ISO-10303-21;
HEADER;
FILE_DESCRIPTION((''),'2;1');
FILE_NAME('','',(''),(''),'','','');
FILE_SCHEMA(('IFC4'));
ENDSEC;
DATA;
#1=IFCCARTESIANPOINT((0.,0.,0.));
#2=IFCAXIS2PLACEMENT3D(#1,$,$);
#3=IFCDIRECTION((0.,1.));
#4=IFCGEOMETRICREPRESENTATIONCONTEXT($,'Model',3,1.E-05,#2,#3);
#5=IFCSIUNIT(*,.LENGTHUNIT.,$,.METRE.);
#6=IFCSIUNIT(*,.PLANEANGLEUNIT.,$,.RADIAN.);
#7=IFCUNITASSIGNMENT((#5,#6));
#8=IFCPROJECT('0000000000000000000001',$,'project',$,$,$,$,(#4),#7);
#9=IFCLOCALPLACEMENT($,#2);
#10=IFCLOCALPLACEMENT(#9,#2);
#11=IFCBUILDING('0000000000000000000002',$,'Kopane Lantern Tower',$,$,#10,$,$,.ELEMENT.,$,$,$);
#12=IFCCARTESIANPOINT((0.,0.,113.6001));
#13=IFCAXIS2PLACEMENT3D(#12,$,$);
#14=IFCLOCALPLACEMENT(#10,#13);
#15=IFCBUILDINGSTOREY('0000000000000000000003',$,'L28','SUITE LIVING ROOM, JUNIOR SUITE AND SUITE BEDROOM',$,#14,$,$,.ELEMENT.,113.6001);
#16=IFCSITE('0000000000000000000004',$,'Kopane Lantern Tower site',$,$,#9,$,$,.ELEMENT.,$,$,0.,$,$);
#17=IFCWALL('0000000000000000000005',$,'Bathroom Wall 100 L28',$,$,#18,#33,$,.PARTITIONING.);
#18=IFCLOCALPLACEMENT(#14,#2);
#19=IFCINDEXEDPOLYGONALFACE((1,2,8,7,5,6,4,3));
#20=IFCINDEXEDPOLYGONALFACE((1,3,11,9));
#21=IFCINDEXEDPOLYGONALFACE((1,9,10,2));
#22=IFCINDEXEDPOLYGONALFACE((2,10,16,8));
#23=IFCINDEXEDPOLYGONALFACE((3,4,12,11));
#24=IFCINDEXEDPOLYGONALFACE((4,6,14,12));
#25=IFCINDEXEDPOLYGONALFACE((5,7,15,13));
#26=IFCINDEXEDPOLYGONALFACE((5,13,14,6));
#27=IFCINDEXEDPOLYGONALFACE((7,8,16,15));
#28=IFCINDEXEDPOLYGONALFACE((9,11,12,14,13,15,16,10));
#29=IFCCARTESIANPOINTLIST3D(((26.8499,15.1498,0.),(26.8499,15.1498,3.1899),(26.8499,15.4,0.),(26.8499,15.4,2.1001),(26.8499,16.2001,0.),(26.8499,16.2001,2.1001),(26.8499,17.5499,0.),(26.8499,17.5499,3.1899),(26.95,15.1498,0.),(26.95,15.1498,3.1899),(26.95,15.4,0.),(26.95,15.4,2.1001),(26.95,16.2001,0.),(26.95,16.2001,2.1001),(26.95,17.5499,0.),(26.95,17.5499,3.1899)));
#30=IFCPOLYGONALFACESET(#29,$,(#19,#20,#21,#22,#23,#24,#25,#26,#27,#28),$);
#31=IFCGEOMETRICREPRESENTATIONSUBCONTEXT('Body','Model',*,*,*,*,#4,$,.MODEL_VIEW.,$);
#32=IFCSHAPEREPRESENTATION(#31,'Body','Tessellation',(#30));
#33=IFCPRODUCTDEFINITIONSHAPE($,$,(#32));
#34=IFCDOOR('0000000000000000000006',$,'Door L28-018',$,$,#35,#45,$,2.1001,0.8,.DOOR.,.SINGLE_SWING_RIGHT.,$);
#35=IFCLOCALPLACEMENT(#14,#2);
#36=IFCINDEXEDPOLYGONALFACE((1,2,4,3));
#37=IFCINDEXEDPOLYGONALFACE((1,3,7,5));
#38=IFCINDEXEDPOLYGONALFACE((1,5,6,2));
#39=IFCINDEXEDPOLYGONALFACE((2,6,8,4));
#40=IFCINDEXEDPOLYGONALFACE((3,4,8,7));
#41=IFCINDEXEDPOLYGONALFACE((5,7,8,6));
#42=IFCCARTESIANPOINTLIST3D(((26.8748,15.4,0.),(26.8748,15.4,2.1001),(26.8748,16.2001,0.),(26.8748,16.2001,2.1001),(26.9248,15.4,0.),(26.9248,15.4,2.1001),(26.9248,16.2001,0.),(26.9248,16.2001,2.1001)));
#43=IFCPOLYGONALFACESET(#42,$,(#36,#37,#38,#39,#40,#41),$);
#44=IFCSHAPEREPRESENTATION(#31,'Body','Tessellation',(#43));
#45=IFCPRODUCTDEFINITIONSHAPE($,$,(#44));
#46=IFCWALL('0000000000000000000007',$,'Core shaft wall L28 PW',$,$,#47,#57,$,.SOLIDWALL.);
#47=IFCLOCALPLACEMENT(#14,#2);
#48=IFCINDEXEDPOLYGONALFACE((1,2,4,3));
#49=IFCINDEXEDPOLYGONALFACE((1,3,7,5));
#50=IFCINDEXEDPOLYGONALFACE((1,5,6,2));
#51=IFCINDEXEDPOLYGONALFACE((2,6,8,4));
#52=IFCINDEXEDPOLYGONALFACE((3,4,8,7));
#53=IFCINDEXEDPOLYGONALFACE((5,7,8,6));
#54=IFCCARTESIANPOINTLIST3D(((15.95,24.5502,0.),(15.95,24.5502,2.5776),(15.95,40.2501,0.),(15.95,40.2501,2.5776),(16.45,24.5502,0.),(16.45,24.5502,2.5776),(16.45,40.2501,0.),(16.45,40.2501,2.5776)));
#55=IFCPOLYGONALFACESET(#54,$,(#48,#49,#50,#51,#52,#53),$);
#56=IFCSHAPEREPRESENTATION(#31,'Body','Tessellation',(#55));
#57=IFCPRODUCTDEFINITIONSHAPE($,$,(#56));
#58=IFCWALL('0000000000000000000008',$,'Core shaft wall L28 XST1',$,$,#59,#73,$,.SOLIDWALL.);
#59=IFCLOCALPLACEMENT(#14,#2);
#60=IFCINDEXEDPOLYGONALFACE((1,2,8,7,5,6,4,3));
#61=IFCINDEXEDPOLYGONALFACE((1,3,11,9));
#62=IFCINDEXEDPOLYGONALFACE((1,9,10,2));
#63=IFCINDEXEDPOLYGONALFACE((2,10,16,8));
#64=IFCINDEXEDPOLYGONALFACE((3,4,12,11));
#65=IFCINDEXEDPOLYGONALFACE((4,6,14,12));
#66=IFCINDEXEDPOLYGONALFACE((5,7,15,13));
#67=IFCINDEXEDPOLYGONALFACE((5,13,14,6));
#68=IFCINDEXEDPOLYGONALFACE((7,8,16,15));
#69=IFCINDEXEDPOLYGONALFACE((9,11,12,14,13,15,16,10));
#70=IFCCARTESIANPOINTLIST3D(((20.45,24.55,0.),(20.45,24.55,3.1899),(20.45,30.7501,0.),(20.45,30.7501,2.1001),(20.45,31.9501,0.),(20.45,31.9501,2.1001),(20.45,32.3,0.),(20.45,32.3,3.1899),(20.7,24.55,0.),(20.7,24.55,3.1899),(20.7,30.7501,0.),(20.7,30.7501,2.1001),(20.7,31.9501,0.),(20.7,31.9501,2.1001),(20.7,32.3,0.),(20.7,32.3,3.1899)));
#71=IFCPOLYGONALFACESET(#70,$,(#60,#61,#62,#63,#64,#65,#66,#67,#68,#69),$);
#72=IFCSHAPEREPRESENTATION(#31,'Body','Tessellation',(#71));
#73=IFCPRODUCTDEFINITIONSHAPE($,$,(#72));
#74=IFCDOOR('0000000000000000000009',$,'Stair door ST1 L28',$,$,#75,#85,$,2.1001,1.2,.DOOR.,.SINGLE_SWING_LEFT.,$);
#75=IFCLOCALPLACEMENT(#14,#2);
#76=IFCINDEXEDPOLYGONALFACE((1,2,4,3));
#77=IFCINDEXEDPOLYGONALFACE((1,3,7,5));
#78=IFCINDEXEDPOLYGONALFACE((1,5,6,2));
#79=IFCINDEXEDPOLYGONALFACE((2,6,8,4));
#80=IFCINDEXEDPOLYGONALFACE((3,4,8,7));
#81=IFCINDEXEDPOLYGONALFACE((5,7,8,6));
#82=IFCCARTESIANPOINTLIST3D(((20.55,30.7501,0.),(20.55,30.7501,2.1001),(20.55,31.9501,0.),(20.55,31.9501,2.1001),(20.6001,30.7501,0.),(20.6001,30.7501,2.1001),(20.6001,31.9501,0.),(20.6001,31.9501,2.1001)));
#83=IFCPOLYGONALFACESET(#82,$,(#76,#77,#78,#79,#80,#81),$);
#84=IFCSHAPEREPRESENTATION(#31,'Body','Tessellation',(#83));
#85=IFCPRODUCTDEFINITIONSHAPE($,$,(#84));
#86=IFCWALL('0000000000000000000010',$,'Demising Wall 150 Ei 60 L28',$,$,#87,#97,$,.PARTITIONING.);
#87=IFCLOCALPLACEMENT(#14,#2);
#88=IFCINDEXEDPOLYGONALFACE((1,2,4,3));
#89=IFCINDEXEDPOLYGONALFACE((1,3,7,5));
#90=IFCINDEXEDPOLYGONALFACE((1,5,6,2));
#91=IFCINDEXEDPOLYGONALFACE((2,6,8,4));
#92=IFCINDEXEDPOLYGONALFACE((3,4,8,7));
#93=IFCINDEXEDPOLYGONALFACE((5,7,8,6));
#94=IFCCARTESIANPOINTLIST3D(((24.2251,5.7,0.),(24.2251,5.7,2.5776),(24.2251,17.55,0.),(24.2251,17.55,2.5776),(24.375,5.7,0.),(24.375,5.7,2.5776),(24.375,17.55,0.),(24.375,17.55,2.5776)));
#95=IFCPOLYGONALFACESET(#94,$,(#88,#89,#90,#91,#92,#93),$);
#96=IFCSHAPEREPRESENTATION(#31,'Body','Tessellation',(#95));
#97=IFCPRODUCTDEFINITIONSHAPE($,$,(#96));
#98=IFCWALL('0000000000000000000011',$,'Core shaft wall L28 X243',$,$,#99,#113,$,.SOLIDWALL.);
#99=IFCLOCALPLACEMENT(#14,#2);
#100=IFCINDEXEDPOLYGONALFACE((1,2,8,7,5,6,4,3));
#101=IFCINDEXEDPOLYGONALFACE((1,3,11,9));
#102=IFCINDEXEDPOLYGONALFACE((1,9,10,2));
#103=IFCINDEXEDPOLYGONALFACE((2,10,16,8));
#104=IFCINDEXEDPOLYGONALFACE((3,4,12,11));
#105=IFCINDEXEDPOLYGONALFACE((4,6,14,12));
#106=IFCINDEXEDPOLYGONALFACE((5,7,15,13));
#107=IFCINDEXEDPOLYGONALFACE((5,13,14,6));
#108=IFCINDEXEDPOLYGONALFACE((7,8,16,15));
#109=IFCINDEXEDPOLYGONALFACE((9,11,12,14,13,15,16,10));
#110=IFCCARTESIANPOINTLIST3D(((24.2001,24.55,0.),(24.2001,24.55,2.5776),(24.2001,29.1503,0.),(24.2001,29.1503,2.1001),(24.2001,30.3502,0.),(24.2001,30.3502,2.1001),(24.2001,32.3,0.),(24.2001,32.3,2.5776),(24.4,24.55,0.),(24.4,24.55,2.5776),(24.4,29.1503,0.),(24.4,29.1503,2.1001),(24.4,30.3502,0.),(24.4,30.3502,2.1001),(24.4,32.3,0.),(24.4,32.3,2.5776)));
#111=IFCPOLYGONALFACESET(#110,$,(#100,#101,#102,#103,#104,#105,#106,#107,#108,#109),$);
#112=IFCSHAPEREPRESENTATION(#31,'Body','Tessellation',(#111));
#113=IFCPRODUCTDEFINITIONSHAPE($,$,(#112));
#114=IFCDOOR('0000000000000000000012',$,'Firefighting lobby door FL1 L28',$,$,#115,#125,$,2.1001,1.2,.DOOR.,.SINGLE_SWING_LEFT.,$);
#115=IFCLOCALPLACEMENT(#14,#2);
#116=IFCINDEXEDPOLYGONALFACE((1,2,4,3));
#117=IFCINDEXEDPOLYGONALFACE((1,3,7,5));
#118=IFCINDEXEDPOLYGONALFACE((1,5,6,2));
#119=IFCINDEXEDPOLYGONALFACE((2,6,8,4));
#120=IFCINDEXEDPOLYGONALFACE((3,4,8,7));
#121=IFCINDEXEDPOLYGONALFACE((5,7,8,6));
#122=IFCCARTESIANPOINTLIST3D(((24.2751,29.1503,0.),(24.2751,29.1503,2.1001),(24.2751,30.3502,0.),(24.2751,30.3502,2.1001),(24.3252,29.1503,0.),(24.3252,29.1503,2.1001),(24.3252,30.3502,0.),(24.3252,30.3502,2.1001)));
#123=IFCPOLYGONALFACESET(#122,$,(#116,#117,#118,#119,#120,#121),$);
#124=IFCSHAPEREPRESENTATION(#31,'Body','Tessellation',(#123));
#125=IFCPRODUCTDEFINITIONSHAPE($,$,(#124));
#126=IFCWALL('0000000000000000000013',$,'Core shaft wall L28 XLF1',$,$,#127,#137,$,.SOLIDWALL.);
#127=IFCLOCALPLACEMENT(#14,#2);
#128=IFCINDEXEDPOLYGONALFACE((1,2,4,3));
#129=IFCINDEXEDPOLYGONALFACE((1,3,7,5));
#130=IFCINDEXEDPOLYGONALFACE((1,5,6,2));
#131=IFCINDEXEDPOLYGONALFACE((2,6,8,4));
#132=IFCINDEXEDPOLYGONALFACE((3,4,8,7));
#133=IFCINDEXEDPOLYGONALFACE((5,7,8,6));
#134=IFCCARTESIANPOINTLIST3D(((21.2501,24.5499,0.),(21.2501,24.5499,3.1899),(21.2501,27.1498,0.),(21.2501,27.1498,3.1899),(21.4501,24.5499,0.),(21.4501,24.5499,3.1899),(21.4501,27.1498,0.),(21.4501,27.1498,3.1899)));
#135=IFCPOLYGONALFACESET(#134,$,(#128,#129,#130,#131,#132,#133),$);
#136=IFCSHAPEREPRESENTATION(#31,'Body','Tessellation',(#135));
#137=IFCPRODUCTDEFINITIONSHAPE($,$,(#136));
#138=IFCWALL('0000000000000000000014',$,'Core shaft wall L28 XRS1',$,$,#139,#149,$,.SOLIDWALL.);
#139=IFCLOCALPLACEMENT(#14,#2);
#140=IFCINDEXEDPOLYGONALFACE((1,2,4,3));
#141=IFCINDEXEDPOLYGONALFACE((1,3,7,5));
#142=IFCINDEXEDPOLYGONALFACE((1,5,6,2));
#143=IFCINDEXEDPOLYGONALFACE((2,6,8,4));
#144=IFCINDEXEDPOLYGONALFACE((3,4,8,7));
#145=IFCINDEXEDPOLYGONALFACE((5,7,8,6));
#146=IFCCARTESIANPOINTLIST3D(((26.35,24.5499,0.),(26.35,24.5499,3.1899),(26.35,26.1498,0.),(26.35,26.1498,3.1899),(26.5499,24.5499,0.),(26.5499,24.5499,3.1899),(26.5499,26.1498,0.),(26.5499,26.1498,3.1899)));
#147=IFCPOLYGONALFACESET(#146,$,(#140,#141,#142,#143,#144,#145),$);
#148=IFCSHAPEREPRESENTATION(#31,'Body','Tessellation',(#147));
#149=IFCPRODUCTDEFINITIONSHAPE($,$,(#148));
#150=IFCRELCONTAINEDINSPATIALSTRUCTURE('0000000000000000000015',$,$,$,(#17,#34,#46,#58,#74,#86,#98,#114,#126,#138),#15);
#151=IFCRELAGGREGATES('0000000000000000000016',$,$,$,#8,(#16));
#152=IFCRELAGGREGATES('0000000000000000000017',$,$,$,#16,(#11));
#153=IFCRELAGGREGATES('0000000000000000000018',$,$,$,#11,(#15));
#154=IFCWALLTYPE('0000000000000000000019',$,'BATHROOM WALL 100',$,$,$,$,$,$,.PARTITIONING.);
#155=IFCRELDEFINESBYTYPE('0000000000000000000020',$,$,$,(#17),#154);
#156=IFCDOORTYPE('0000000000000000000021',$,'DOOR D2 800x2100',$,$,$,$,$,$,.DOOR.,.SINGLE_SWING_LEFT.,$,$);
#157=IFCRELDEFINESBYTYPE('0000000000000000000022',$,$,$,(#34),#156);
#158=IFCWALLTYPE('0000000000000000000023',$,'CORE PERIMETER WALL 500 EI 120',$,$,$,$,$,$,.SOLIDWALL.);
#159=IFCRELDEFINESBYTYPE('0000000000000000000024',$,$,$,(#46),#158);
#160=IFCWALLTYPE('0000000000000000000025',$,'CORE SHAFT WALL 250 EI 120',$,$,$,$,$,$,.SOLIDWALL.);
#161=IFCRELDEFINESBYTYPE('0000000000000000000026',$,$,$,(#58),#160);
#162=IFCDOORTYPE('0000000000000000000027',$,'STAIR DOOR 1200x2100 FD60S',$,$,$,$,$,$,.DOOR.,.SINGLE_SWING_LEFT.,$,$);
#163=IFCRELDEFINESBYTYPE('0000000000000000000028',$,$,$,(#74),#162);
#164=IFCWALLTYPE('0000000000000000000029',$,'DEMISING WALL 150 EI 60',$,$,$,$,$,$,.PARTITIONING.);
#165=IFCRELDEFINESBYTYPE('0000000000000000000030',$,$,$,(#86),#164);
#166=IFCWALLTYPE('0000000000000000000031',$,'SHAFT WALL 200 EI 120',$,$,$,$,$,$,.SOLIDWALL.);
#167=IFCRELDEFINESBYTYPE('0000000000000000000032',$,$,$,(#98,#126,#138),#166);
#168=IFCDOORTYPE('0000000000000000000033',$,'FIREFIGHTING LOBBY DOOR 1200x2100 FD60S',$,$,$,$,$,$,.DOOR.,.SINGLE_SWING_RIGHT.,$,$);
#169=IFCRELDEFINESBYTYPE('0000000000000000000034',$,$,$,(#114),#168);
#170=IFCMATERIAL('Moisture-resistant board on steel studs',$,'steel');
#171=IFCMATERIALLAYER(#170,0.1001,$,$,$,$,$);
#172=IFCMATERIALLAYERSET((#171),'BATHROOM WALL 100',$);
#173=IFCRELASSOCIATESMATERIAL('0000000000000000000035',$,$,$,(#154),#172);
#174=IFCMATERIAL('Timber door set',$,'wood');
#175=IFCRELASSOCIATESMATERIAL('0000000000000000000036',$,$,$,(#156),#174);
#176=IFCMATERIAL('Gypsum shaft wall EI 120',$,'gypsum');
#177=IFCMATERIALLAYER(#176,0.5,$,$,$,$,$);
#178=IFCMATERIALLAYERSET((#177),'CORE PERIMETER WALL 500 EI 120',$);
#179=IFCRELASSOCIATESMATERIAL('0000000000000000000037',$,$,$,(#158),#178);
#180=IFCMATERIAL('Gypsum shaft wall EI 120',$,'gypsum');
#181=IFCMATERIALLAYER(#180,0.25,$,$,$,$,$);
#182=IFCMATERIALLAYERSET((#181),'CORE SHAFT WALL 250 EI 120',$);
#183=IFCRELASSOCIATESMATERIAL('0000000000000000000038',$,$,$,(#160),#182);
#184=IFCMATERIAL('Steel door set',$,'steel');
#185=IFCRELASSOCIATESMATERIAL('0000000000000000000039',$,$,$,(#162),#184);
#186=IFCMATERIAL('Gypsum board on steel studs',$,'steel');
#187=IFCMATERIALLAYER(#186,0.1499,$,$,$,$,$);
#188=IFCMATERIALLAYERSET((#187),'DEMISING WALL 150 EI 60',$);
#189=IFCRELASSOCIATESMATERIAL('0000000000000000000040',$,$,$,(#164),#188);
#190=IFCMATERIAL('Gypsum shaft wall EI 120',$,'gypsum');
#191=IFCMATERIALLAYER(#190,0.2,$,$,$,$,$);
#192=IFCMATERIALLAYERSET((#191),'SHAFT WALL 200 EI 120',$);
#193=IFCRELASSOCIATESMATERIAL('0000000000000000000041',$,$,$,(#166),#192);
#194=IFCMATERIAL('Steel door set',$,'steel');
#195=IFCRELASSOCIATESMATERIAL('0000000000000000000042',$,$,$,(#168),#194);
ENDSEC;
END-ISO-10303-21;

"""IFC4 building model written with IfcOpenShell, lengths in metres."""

from ifc_helpers import new_model, si_unit, direction, frame, frame_2d, origin, place, context, subcontext, project, spatial, rectangle, extrude, material, layer, layer_set, type_object, element, fill, save


model = new_model("IFC4")

# Units and contexts
model_context = context("Model", 3, precision=1e-05, world=origin(), true_north=direction((0.0, 1.0)))
body_context = subcontext(model_context, "Body", "Model", "MODEL_VIEW")
ifc_project = project(units=[si_unit("LENGTHUNIT", "METRE"), si_unit("PLANEANGLEUNIT", "RADIAN")], contexts=[model_context])

# Site, building, storey
site_placement = place(None, origin())
site = spatial("IfcSite", under=ifc_project, at=site_placement, Name="Kopane Lantern Tower site", CompositionType="ELEMENT", RefElevation=0.0)
building_placement = place(site_placement, origin())
building = spatial("IfcBuilding", under=site, at=building_placement, Name="Kopane Lantern Tower", CompositionType="ELEMENT")
storey_placement = place(building_placement, frame((0.0, 0.0, 113.6001)))
storey = spatial("IfcBuildingStorey", under=building, at=storey_placement, Name="L28", Description="SUITE LIVING ROOM, JUNIOR SUITE AND SUITE BEDROOM", CompositionType="ELEMENT", Elevation=113.6001)

# Wall, opening, door
ifc_material_1 = material(Name="Moisture-resistant board on steel studs", Category="steel")
ifc_layer_1 = layer(ifc_material_1, 0.1001)
ifc_layer_set_1 = layer_set([ifc_layer_1], Name="BATHROOM WALL 100")
wall_type_1 = type_object("IfcWallType", Name="BATHROOM WALL 100", PredefinedType="PARTITIONING", material=ifc_layer_set_1)
ifc_material_2 = material(Name="Timber door set", Category="wood")
door_type_1 = type_object("IfcDoorType", Name="DOOR D2 800x2100", OperationType="SINGLE_SWING_LEFT", PredefinedType="DOOR", material=ifc_material_2)
wall_1_placement = place(storey_placement, frame((26.8999, 17.55, 0.0), z_axis=(0.0, 0.0, 1.0), x_axis=(0.0, -1.0, 0.0)))
wall_1 = element("IfcWall", 1, at=wall_1_placement, inside=storey, type_object=wall_type_1, Name="Bathroom Wall 100 L28", PredefinedType="PARTITIONING", context=body_context, shape_type="SweptSolid", body=[
    extrude(rectangle(XDim=2.4001, YDim=0.1001, at=frame_2d((1.2002, 0.0))), origin(), (0.0, 0.0, 1.0), 3.1899),
])
opening_1_placement = place(wall_1_placement, frame((1.3501, 0.0, 0.0)))
opening_1 = element("IfcOpeningElement", 2, at=opening_1_placement, cuts=wall_1, PredefinedType="OPENING", context=body_context, shape_type="SweptSolid", body=[
    extrude(rectangle(XDim=0.8, YDim=2.1001, at=frame_2d((0.3999, 1.05))), frame((0.0, 0.0601, 0.0), z_axis=(0.0, -1.0, 0.0), x_axis=(1.0, 0.0, 0.0)), (0.0, 0.0, 1.0), 0.1201),
])
door_1_placement = place(opening_1_placement, origin())
door_1 = element("IfcDoor", 3, at=door_1_placement, inside=storey, type_object=door_type_1, Name="Door L28-018", OperationType="SINGLE_SWING_RIGHT", OverallHeight=2.1001, OverallWidth=0.8, PredefinedType="DOOR", context=body_context, shape_type="SweptSolid", body=[
    extrude(rectangle(XDim=0.8, YDim=2.1001, at=frame_2d((0.3999, 1.05))), frame((0.0, 0.0249, 0.0), z_axis=(0.0, -1.0, 0.0), x_axis=(1.0, 0.0, 0.0)), (0.0, 0.0, 1.0), 0.05),
])
fill(opening_1, door_1)

# Wall
ifc_material_3 = material(Name="Gypsum shaft wall EI 120", Category="gypsum")
ifc_layer_2 = layer(ifc_material_3, 0.5)
ifc_layer_set_2 = layer_set([ifc_layer_2], Name="CORE PERIMETER WALL 500 EI 120")
wall_type_2 = type_object("IfcWallType", Name="CORE PERIMETER WALL 500 EI 120", PredefinedType="SOLIDWALL", material=ifc_layer_set_2)
wall_2_placement = place(storey_placement, frame((16.2, 24.55, 0.0), z_axis=(0.0, 0.0, 1.0), x_axis=(0.0, 1.0, 0.0)))
element("IfcWall", 4, at=wall_2_placement, inside=storey, type_object=wall_type_2, Name="Core shaft wall L28 PW", PredefinedType="SOLIDWALL", context=body_context, shape_type="SweptSolid", body=[
    extrude(rectangle(XDim=15.7, YDim=0.5, at=frame_2d((7.8501, 0.0))), origin(), (0.0, 0.0, 1.0), 2.5776),
])

# Wall, opening, door
ifc_material_4 = material(Name="Gypsum shaft wall EI 120", Category="gypsum")
ifc_layer_3 = layer(ifc_material_4, 0.25)
ifc_layer_set_3 = layer_set([ifc_layer_3], Name="CORE SHAFT WALL 250 EI 120")
wall_type_3 = type_object("IfcWallType", Name="CORE SHAFT WALL 250 EI 120", PredefinedType="SOLIDWALL", material=ifc_layer_set_3)
wall_3_placement = place(storey_placement, frame((20.575, 24.55, 0.0), z_axis=(0.0, 0.0, 1.0), x_axis=(0.0, 1.0, 0.0)))
wall_3 = element("IfcWall", 5, at=wall_3_placement, inside=storey, type_object=wall_type_3, Name="Core shaft wall L28 XST1", PredefinedType="SOLIDWALL", context=body_context, shape_type="SweptSolid", body=[
    extrude(rectangle(XDim=7.75, YDim=0.25, at=frame_2d((3.875, 0.0))), origin(), (0.0, 0.0, 1.0), 3.1899),
])
opening_2_placement = place(wall_3_placement, frame((6.2, 0.0, 0.0)))
opening_2 = element("IfcOpeningElement", 6, at=opening_2_placement, cuts=wall_3, PredefinedType="OPENING", context=body_context, shape_type="SweptSolid", body=[
    extrude(rectangle(XDim=1.2, YDim=2.1001, at=frame_2d((0.6001, 1.05))), frame((0.0, 0.135, 0.0), z_axis=(0.0, -1.0, 0.0), x_axis=(1.0, 0.0, 0.0)), (0.0, 0.0, 1.0), 0.27),
])
ifc_material_5 = material(Name="Steel door set", Category="steel")
door_type_2 = type_object("IfcDoorType", Name="STAIR DOOR 1200x2100 FD60S", OperationType="SINGLE_SWING_LEFT", PredefinedType="DOOR", material=ifc_material_5)
door_2_placement = place(opening_2_placement, origin())
door_2 = element("IfcDoor", 7, at=door_2_placement, inside=storey, type_object=door_type_2, Name="Stair door ST1 L28", OperationType="SINGLE_SWING_LEFT", OverallHeight=2.1001, OverallWidth=1.2, PredefinedType="DOOR", context=body_context, shape_type="SweptSolid", body=[
    extrude(rectangle(XDim=1.2, YDim=2.1001, at=frame_2d((0.6001, 1.05))), frame((0.0, 0.0249, 0.0), z_axis=(0.0, -1.0, 0.0), x_axis=(1.0, 0.0, 0.0)), (0.0, 0.0, 1.0), 0.05),
])
fill(opening_2, door_2)

# Wall
ifc_material_6 = material(Name="Gypsum board on steel studs", Category="steel")
ifc_layer_4 = layer(ifc_material_6, 0.1499)
ifc_layer_set_4 = layer_set([ifc_layer_4], Name="DEMISING WALL 150 EI 60")
wall_type_4 = type_object("IfcWallType", Name="DEMISING WALL 150 EI 60", PredefinedType="PARTITIONING", material=ifc_layer_set_4)
wall_4_placement = place(storey_placement, frame((24.3, 17.55, 0.0), z_axis=(0.0, 0.0, 1.0), x_axis=(0.0, -1.0, 0.0)))
element("IfcWall", 8, at=wall_4_placement, inside=storey, type_object=wall_type_4, Name="Demising Wall 150 Ei 60 L28", PredefinedType="PARTITIONING", context=body_context, shape_type="SweptSolid", body=[
    extrude(rectangle(XDim=11.8501, YDim=0.1499, at=frame_2d((5.925, 0.0))), origin(), (0.0, 0.0, 1.0), 2.5776),
])

# Wall, opening, door
ifc_material_7 = material(Name="Gypsum shaft wall EI 120", Category="gypsum")
ifc_layer_5 = layer(ifc_material_7, 0.2)
ifc_layer_set_5 = layer_set([ifc_layer_5], Name="SHAFT WALL 200 EI 120")
wall_type_5 = type_object("IfcWallType", Name="SHAFT WALL 200 EI 120", PredefinedType="SOLIDWALL", material=ifc_layer_set_5)
wall_5_placement = place(storey_placement, frame((24.3, 24.55, 0.0), z_axis=(0.0, 0.0, 1.0), x_axis=(0.0, 1.0, 0.0)))
wall_5 = element("IfcWall", 9, at=wall_5_placement, inside=storey, type_object=wall_type_5, Name="Core shaft wall L28 X243", PredefinedType="SOLIDWALL", context=body_context, shape_type="SweptSolid", body=[
    extrude(rectangle(XDim=7.75, YDim=0.2, at=frame_2d((3.875, 0.0))), origin(), (0.0, 0.0, 1.0), 2.5776),
])
opening_3_placement = place(wall_5_placement, frame((4.6001, 0.0, 0.0)))
opening_3 = element("IfcOpeningElement", 10, at=opening_3_placement, cuts=wall_5, PredefinedType="OPENING", context=body_context, shape_type="SweptSolid", body=[
    extrude(rectangle(XDim=1.2, YDim=2.1001, at=frame_2d((0.6001, 1.05))), frame((0.0, 0.1099, 0.0), z_axis=(0.0, -1.0, 0.0), x_axis=(1.0, 0.0, 0.0)), (0.0, 0.0, 1.0), 0.22),
])
ifc_material_8 = material(Name="Steel door set", Category="steel")
door_type_3 = type_object("IfcDoorType", Name="FIREFIGHTING LOBBY DOOR 1200x2100 FD60S", OperationType="SINGLE_SWING_RIGHT", PredefinedType="DOOR", material=ifc_material_8)
door_3_placement = place(opening_3_placement, origin())
door_3 = element("IfcDoor", 11, at=door_3_placement, inside=storey, type_object=door_type_3, Name="Firefighting lobby door FL1 L28", OperationType="SINGLE_SWING_LEFT", OverallHeight=2.1001, OverallWidth=1.2, PredefinedType="DOOR", context=body_context, shape_type="SweptSolid", body=[
    extrude(rectangle(XDim=1.2, YDim=2.1001, at=frame_2d((0.6001, 1.05))), frame((0.0, 0.0249, 0.0), z_axis=(0.0, -1.0, 0.0), x_axis=(1.0, 0.0, 0.0)), (0.0, 0.0, 1.0), 0.05),
])
fill(opening_3, door_3)

# Walls
wall_6_placement = place(storey_placement, frame((21.3501, 24.55, 0.0), z_axis=(0.0, 0.0, 1.0), x_axis=(0.0, 1.0, 0.0)))
element("IfcWall", 12, at=wall_6_placement, inside=storey, type_object=wall_type_5, Name="Core shaft wall L28 XLF1", PredefinedType="SOLIDWALL", context=body_context, shape_type="SweptSolid", body=[
    extrude(rectangle(XDim=2.5999, YDim=0.2, at=frame_2d((1.2998, 0.0))), origin(), (0.0, 0.0, 1.0), 3.1899),
])
wall_7_placement = place(storey_placement, frame((26.45, 24.55, 0.0), z_axis=(0.0, 0.0, 1.0), x_axis=(0.0, 1.0, 0.0)))
element("IfcWall", 13, at=wall_7_placement, inside=storey, type_object=wall_type_5, Name="Core shaft wall L28 XRS1", PredefinedType="SOLIDWALL", context=body_context, shape_type="SweptSolid", body=[
    extrude(rectangle(XDim=1.5999, YDim=0.2, at=frame_2d((0.7998, 0.0))), origin(), (0.0, 0.0, 1.0), 3.1899),
])

save(model, "model.ifc")
